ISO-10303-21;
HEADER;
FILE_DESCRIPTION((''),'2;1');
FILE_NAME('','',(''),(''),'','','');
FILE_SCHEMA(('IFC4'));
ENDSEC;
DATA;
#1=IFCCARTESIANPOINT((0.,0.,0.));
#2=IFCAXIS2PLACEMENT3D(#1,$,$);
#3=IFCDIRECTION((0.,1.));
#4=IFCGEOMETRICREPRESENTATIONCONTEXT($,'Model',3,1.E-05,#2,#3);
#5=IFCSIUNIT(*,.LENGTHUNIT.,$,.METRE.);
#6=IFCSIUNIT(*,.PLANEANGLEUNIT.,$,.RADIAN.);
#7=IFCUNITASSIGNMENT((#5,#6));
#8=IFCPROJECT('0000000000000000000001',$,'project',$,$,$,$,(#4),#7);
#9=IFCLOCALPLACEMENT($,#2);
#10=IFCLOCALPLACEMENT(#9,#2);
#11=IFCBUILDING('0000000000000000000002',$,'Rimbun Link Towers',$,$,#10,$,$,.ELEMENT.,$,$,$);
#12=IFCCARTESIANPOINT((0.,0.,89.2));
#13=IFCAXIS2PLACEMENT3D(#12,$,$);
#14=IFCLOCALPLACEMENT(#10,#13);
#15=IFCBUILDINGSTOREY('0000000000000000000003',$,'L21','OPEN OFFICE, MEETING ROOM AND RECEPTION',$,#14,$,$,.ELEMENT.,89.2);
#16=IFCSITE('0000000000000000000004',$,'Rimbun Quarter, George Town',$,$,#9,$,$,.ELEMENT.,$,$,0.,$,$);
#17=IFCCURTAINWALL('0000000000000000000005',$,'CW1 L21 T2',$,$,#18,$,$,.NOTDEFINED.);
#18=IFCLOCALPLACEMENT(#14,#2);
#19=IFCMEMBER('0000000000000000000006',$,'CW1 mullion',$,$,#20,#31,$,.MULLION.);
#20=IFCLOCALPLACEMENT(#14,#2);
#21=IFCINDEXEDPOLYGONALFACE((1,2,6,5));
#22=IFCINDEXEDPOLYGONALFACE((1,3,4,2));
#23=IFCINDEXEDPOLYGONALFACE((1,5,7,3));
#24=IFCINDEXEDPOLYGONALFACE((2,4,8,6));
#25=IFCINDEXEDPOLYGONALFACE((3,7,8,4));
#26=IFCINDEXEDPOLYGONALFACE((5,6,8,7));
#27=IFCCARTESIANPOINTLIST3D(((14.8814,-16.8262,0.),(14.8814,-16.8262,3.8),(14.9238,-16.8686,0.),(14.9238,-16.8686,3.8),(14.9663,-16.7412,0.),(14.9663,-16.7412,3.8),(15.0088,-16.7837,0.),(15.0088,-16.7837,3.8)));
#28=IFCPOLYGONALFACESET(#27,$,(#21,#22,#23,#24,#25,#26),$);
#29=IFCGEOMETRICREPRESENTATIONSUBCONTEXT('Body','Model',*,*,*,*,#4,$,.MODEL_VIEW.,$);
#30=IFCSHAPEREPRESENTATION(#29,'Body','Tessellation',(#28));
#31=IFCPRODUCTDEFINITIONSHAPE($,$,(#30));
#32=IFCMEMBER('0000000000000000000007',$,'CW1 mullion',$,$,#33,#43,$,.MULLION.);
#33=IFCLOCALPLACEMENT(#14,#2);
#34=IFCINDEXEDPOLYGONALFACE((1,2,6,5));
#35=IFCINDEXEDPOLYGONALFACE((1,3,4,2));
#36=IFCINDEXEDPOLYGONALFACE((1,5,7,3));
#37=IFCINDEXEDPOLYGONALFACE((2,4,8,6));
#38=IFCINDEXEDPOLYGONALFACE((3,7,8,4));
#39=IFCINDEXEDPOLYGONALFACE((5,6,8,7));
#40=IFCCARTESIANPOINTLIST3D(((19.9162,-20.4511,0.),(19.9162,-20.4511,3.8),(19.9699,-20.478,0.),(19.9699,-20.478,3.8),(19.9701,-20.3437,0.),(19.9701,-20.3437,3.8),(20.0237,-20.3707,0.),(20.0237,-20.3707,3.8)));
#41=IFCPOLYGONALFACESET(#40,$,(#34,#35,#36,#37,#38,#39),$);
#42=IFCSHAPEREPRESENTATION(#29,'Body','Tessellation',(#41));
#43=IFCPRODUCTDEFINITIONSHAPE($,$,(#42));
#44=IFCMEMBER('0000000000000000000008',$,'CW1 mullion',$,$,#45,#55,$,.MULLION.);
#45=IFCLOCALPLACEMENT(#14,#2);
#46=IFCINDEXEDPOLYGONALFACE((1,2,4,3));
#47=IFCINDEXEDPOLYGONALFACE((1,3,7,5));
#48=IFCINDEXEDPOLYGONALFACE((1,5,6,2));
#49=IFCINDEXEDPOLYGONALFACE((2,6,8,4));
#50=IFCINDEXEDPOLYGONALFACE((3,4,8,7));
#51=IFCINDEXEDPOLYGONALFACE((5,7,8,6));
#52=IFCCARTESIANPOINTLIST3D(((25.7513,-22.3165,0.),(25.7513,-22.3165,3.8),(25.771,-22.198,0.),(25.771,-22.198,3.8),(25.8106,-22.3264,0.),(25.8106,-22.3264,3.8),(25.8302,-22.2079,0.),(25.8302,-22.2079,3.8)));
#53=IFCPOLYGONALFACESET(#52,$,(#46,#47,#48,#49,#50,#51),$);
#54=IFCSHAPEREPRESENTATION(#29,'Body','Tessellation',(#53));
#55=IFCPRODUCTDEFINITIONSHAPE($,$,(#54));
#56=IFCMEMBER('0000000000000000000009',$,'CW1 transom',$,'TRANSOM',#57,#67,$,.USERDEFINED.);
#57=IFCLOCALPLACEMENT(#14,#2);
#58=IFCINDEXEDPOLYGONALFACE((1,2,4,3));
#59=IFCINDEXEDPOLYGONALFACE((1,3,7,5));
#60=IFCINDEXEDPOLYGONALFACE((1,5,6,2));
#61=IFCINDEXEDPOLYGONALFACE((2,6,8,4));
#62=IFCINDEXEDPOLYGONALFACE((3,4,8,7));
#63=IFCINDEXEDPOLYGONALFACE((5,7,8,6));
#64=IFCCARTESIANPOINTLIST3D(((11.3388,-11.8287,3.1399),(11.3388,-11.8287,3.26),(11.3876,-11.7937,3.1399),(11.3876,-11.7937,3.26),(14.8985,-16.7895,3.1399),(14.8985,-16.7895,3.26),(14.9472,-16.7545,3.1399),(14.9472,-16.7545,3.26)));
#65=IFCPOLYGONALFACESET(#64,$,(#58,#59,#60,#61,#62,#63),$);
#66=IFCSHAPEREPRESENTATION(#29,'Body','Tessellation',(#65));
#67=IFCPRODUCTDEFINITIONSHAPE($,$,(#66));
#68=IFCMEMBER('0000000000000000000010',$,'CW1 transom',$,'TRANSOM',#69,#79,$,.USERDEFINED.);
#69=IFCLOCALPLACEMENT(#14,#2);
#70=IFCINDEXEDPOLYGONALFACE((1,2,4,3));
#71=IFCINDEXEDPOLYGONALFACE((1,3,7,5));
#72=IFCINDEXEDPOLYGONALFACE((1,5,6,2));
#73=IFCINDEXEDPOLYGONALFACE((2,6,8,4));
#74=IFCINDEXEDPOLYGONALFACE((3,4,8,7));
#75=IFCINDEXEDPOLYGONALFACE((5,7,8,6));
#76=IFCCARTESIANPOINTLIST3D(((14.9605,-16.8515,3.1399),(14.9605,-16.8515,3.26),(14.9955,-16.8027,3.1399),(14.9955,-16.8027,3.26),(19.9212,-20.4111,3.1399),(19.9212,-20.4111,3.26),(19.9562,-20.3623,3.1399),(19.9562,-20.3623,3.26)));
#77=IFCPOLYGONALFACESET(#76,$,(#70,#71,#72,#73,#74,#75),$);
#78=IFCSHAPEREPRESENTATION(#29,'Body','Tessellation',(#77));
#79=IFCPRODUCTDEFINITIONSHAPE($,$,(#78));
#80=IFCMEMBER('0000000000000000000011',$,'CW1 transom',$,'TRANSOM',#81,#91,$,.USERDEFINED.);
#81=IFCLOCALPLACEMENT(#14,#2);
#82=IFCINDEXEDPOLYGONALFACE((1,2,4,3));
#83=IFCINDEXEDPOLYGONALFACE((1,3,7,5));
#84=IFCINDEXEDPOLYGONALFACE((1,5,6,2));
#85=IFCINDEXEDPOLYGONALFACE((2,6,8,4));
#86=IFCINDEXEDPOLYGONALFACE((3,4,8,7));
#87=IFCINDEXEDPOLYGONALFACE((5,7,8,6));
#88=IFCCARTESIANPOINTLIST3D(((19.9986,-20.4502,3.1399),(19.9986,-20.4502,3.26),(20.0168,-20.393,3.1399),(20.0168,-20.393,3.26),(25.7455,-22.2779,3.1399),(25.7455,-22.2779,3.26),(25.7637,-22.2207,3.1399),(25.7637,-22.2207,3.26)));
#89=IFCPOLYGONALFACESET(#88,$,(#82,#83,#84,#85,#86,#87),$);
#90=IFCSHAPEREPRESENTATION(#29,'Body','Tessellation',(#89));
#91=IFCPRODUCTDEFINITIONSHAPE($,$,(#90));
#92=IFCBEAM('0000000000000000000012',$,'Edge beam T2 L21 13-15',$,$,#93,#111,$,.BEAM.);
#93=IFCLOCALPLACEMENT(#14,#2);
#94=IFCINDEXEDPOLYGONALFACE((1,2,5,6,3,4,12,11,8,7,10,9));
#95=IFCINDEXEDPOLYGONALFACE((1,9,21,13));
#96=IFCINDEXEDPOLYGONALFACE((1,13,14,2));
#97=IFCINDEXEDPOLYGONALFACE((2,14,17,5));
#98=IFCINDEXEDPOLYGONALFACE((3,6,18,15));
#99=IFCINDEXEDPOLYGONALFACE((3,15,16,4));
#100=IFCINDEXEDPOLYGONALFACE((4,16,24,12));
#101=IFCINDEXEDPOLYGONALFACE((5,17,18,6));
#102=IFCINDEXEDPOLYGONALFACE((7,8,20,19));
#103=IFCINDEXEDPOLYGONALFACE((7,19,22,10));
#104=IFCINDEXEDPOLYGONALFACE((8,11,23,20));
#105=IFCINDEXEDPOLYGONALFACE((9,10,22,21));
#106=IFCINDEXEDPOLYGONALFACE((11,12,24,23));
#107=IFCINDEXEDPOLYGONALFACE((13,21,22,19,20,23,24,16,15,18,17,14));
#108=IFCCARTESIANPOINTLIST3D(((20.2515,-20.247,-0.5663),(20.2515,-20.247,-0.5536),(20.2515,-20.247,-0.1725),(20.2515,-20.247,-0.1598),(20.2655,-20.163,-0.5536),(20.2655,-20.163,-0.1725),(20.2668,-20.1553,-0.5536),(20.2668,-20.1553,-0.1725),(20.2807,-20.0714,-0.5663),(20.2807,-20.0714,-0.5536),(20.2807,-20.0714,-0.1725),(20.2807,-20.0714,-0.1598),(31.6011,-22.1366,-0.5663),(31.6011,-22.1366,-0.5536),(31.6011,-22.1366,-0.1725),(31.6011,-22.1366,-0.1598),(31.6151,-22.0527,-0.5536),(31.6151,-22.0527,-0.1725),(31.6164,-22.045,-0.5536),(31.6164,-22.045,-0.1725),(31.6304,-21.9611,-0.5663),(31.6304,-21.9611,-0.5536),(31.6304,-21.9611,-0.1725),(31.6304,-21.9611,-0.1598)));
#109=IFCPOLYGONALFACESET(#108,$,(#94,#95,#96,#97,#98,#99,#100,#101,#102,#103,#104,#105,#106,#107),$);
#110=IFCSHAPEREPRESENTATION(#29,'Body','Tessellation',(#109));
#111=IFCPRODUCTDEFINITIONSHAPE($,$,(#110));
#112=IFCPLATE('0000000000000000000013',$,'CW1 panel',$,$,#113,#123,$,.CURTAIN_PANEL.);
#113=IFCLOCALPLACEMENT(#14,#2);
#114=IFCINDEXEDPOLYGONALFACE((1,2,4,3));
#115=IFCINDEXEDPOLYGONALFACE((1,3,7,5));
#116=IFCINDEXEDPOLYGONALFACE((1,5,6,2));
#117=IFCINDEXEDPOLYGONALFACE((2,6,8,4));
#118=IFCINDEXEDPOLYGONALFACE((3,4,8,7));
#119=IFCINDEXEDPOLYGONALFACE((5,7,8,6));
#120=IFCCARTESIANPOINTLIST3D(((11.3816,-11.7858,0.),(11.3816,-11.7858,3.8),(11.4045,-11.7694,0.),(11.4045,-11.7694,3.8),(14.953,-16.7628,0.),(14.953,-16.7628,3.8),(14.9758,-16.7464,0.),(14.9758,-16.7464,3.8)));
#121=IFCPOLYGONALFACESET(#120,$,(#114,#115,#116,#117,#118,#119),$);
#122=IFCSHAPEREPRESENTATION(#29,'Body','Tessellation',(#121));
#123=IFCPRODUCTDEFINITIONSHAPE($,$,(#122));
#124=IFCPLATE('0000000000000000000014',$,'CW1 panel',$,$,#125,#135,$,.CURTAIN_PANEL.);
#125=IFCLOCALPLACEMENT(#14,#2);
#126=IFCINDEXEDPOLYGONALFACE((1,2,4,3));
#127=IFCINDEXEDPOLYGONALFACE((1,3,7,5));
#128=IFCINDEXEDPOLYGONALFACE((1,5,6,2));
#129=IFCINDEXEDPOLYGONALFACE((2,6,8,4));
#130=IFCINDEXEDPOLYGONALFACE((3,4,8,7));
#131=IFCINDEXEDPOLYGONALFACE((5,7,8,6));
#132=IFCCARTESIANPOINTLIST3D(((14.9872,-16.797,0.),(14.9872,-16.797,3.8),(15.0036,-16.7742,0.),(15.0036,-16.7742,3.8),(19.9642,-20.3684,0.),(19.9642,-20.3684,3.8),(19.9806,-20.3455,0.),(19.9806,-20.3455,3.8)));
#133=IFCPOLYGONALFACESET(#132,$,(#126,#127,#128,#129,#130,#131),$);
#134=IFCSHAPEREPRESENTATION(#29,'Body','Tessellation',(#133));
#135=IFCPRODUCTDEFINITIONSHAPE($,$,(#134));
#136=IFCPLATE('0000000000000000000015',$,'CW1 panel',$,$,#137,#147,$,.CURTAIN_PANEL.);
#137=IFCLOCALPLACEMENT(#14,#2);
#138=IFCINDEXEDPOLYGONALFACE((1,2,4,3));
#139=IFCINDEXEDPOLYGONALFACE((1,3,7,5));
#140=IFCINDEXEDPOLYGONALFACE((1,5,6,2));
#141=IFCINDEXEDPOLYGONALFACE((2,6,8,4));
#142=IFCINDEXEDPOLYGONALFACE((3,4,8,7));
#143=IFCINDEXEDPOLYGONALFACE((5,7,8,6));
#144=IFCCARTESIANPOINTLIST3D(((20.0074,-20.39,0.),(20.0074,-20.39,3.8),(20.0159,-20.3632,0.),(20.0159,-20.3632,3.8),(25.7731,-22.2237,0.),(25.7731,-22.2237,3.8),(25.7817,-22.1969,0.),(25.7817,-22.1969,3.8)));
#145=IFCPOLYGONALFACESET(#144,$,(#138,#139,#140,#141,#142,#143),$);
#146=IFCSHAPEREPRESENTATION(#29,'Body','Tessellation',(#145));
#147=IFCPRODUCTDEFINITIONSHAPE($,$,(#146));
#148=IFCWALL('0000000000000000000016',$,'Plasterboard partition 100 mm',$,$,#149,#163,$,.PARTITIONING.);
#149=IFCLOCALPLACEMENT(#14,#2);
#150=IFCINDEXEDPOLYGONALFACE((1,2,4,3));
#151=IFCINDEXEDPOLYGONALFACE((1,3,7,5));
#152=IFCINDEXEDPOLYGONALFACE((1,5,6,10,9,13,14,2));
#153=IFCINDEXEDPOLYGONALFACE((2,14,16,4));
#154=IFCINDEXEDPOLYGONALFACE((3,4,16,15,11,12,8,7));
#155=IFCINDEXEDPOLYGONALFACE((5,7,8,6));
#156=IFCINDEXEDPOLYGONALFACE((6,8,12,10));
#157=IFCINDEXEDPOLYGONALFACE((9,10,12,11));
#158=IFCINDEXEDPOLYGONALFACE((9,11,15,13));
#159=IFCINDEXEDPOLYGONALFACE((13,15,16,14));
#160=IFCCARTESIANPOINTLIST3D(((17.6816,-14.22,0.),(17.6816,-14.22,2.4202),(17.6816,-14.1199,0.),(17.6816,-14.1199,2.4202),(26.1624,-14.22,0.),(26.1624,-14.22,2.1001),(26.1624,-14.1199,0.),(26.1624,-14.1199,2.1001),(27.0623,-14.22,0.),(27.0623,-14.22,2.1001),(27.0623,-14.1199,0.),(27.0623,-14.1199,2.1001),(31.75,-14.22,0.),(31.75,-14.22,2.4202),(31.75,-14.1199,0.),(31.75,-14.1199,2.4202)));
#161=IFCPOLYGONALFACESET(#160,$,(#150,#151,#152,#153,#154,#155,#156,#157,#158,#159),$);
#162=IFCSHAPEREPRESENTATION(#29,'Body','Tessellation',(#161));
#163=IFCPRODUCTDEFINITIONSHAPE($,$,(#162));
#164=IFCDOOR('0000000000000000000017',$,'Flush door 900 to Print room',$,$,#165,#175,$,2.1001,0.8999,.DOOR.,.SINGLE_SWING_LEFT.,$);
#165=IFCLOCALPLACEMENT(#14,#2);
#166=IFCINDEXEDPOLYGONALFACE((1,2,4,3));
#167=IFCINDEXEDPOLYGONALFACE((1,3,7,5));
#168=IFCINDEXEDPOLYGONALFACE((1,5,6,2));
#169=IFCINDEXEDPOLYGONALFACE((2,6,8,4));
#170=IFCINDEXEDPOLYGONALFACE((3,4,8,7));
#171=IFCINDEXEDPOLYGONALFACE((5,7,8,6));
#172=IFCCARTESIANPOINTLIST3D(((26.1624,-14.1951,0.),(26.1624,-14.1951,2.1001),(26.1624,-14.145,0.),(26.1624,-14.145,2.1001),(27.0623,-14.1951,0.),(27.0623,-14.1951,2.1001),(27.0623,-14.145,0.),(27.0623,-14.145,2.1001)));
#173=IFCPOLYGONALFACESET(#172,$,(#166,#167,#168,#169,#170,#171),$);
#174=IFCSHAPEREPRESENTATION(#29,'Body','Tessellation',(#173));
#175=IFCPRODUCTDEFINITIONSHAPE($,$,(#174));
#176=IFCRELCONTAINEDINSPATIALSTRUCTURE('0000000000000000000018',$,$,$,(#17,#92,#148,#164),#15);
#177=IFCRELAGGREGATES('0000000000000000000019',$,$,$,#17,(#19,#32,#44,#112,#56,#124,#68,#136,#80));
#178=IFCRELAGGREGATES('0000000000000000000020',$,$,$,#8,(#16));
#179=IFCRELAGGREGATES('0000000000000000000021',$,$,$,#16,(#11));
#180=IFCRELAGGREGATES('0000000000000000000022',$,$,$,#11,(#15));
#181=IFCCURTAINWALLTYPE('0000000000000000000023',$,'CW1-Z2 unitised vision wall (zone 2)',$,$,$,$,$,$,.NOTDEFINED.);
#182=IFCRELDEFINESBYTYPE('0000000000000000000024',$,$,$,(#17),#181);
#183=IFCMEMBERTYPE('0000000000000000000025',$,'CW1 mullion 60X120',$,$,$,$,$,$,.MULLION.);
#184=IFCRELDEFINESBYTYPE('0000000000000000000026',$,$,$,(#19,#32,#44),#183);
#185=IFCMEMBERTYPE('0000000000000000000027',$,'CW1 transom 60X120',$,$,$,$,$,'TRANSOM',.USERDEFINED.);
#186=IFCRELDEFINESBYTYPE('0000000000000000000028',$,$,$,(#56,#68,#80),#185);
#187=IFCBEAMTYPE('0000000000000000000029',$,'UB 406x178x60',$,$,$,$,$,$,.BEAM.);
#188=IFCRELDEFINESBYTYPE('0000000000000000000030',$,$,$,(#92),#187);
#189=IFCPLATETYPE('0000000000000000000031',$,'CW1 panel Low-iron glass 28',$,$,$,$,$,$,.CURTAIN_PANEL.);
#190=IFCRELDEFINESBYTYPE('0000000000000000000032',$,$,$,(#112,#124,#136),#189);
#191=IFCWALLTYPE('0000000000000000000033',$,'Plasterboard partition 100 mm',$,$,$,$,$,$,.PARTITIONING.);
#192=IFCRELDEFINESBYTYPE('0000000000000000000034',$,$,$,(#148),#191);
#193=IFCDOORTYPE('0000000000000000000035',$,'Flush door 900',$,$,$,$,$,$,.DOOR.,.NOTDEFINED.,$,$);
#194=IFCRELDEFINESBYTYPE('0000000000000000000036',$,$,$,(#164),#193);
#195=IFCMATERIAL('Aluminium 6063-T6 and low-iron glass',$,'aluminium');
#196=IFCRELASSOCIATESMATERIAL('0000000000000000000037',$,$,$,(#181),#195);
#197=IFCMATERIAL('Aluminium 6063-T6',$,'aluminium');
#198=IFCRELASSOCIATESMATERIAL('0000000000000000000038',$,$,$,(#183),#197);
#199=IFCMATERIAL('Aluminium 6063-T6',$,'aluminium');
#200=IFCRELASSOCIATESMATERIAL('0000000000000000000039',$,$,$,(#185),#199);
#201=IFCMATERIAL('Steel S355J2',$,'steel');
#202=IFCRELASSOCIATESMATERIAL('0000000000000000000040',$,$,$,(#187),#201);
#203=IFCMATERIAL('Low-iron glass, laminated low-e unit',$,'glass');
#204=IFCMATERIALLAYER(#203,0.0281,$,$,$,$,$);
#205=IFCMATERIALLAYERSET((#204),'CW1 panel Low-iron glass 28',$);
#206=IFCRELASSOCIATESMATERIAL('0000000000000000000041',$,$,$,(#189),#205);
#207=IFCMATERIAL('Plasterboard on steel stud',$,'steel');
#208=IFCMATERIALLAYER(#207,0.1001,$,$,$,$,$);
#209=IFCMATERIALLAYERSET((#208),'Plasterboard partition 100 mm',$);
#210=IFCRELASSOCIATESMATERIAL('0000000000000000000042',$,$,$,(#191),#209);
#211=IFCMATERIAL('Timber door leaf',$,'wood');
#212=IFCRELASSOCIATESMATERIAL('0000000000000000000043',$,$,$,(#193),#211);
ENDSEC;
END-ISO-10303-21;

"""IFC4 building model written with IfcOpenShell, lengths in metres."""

from ifc_helpers import new_model, si_unit, direction, frame, frame_2d, origin, origin_2d, place, context, subcontext, project, spatial, rectangle, i_section, extrude, material, layer, layer_set, material_profile, profile_set, type_object, element, fill, aggregate, save


model = new_model("IFC4")

# Units and contexts
model_context = context("Model", 3, precision=1e-05, world=origin(), true_north=direction((0.0, 1.0)))
body_context = subcontext(model_context, "Body", "Model", "MODEL_VIEW")
ifc_project = project(units=[si_unit("LENGTHUNIT", "METRE"), si_unit("PLANEANGLEUNIT", "RADIAN")], contexts=[model_context])

# Site, building, storey
site_placement = place(None, origin())
site = spatial("IfcSite", under=ifc_project, at=site_placement, Name="Rimbun Quarter, George Town", CompositionType="ELEMENT", RefElevation=0.0)
building_placement = place(site_placement, origin())
building = spatial("IfcBuilding", under=site, at=building_placement, Name="Rimbun Link Towers", CompositionType="ELEMENT")
storey_placement = place(building_placement, frame((0.0, 0.0, 89.2)))
storey = spatial("IfcBuildingStorey", under=building, at=storey_placement, Name="L21", Description="OPEN OFFICE, MEETING ROOM AND RECEPTION", CompositionType="ELEMENT", Elevation=89.2)

# Curtain wall, members
ifc_material_1 = material(Name="Aluminium 6063-T6 and low-iron glass", Category="aluminium")
curtain_wall_type = type_object("IfcCurtainWallType", Name="CW1-Z2 unitised vision wall (zone 2)", PredefinedType="NOTDEFINED", material=ifc_material_1)
curtain_wall_placement = place(storey_placement, origin())
curtain_wall = element("IfcCurtainWall", 1, at=curtain_wall_placement, inside=storey, type_object=curtain_wall_type, Name="CW1 L21 T2", PredefinedType="NOTDEFINED")
ifc_material_2 = material(Name="Aluminium 6063-T6", Category="aluminium")
ifc_material_profile_1 = material_profile(ifc_material_2, rectangle(XDim=0.1201, YDim=0.0601, at=origin_2d()), Name="MULLION 60X120")
ifc_profile_set_1 = profile_set([ifc_material_profile_1], Name="Aluminium 6063-T6")
member_type_1 = type_object("IfcMemberType", Name="CW1 mullion 60X120", PredefinedType="MULLION", material=ifc_profile_set_1)
member_1_placement = place(storey_placement, frame((14.9451, -16.8049, 0.0), z_axis=(0.0, 0.0, 1.0), x_axis=(-0.707107, -0.707107, 0.0)))
member_1 = element("IfcMember", 2, at=member_1_placement, type_object=member_type_1, Name="CW1 mullion", PredefinedType="MULLION", context=body_context, shape_type="SweptSolid", body=[
    extrude(rectangle(XDim=0.1201, YDim=0.0601, at=origin_2d()), origin(), (0.0, 0.0, 1.0), 3.8),
])
member_2_placement = place(storey_placement, frame((19.97, -20.4109, 0.0), z_axis=(0.0, 0.0, 1.0), x_axis=(-0.448572, -0.893747, 0.0)))
member_2 = element("IfcMember", 3, at=member_2_placement, type_object=member_type_1, Name="CW1 mullion", PredefinedType="MULLION", context=body_context, shape_type="SweptSolid", body=[
    extrude(rectangle(XDim=0.1201, YDim=0.0601, at=origin_2d()), origin(), (0.0, 0.0, 1.0), 3.8),
])
member_3_placement = place(storey_placement, frame((25.7908, -22.2622, 0.0), z_axis=(0.0, 0.0, 1.0), x_axis=(-0.163745, -0.986503, 0.0)))
member_3 = element("IfcMember", 4, at=member_3_placement, type_object=member_type_1, Name="CW1 mullion", PredefinedType="MULLION", context=body_context, shape_type="SweptSolid", body=[
    extrude(rectangle(XDim=0.1201, YDim=0.0601, at=origin_2d()), origin(), (0.0, 0.0, 1.0), 3.8),
])
ifc_material_3 = material(Name="Aluminium 6063-T6", Category="aluminium")
ifc_material_profile_2 = material_profile(ifc_material_3, rectangle(XDim=0.0601, YDim=0.1201, at=origin_2d()), Name="TRANSOM 60X120")
ifc_profile_set_2 = profile_set([ifc_material_profile_2], Name="Aluminium 6063-T6")
member_type_2 = type_object("IfcMemberType", Name="CW1 transom 60X120", ElementType="TRANSOM", PredefinedType="USERDEFINED", material=ifc_profile_set_2)
member_4_placement = place(storey_placement, frame((14.9229, -16.772, 3.2), z_axis=(-0.582996, 0.812475, 0.0), x_axis=(-0.812475, -0.582996, 0.0)))
member_4 = element("IfcMember", 5, at=member_4_placement, type_object=member_type_2, Name="CW1 transom", ObjectType="TRANSOM", PredefinedType="USERDEFINED", context=body_context, shape_type="SweptSolid", body=[
    extrude(rectangle(XDim=0.0601, YDim=0.1201, at=origin_2d()), origin(), (0.0, 0.0, 1.0), 6.1057),
])
member_5_placement = place(storey_placement, frame((19.9387, -20.3867, 3.2), z_axis=(-0.812475, 0.582996, 0.0), x_axis=(-0.582996, -0.812475, 0.0)))
member_5 = element("IfcMember", 6, at=member_5_placement, type_object=member_type_2, Name="CW1 transom", ObjectType="TRANSOM", PredefinedType="USERDEFINED", context=body_context, shape_type="SweptSolid", body=[
    extrude(rectangle(XDim=0.0601, YDim=0.1201, at=origin_2d()), origin(), (0.0, 0.0, 1.0), 6.1057),
])
member_6_placement = place(storey_placement, frame((25.7546, -22.2493, 3.2), z_axis=(-0.952969, 0.303068, 0.0), x_axis=(-0.303068, -0.952969, 0.0)))
member_6 = element("IfcMember", 7, at=member_6_placement, type_object=member_type_2, Name="CW1 transom", ObjectType="TRANSOM", PredefinedType="USERDEFINED", context=body_context, shape_type="SweptSolid", body=[
    extrude(rectangle(XDim=0.0601, YDim=0.1201, at=origin_2d()), origin(), (0.0, 0.0, 1.0), 6.0305),
])

# Beam
ifc_material_4 = material(Name="Steel S355J2", Category="steel")
ifc_material_profile_3 = material_profile(ifc_material_4, i_section(OverallWidth=0.178, OverallDepth=0.4065, WebThickness=0.0078, FlangeThickness=0.0127, at=origin_2d()), Name="UB 406x178x60")
ifc_profile_set_3 = profile_set([ifc_material_profile_3], Name="Steel S355J2")
beam_type = type_object("IfcBeamType", Name="UB 406x178x60", PredefinedType="BEAM", material=ifc_profile_set_3)
beam_placement = place(storey_placement, frame((20.2661, -20.1592, -0.363), z_axis=(0.986421, -0.164234, 0.0), x_axis=(0.164234, 0.986421, 0.0)))
element("IfcBeam", 8, at=beam_placement, inside=storey, type_object=beam_type, Name="Edge beam T2 L21 13-15", PredefinedType="BEAM", context=body_context, shape_type="SweptSolid", body=[
    extrude(i_section(OverallWidth=0.178, OverallDepth=0.4065, WebThickness=0.0078, FlangeThickness=0.0127, at=origin_2d()), origin(), (0.0, 0.0, 1.0), 11.5059),
])

# Plates
ifc_material_5 = material(Name="Low-iron glass, laminated low-e unit", Category="glass")
ifc_layer_1 = layer(ifc_material_5, 0.0281)
ifc_layer_set_1 = layer_set([ifc_layer_1], Name="CW1 panel Low-iron glass 28")
plate_type = type_object("IfcPlateType", Name="CW1 panel Low-iron glass 28", PredefinedType="CURTAIN_PANEL", material=ifc_layer_set_1)
plate_1_placement = place(storey_placement, frame((13.1787, -14.2661, 0.0), z_axis=(0.0, 0.0, 1.0), x_axis=(-0.583004, 0.812469, 0.0)))
plate_1 = element("IfcPlate", 9, at=plate_1_placement, type_object=plate_type, Name="CW1 panel", PredefinedType="CURTAIN_PANEL", context=body_context, shape_type="SweptSolid", body=[
    extrude(rectangle(XDim=6.1257, YDim=0.0281, at=origin_2d()), origin(), (0.0, 0.0, 1.0), 3.8),
])
plate_2_placement = place(storey_placement, frame((17.4839, -18.5713, 0.0), z_axis=(0.0, 0.0, 1.0), x_axis=(-0.812469, 0.583004, 0.0)))
plate_2 = element("IfcPlate", 10, at=plate_2_placement, type_object=plate_type, Name="CW1 panel", PredefinedType="CURTAIN_PANEL", context=body_context, shape_type="SweptSolid", body=[
    extrude(rectangle(XDim=6.1257, YDim=0.0281, at=origin_2d()), origin(), (0.0, 0.0, 1.0), 3.8),
])
plate_3_placement = place(storey_placement, frame((22.8945, -21.2935, 0.0), z_axis=(0.0, 0.0, 1.0), x_axis=(-0.952968, 0.30307, 0.0)))
plate_3 = element("IfcPlate", 11, at=plate_3_placement, type_object=plate_type, Name="CW1 panel", PredefinedType="CURTAIN_PANEL", context=body_context, shape_type="SweptSolid", body=[
    extrude(rectangle(XDim=6.0503, YDim=0.0281, at=origin_2d()), origin(), (0.0, 0.0, 1.0), 3.8),
])
aggregate(curtain_wall, [member_1, member_2, member_3, plate_1, member_4, plate_2, member_5, plate_3, member_6])

# Wall, opening, door
ifc_material_6 = material(Name="Plasterboard on steel stud", Category="steel")
ifc_layer_2 = layer(ifc_material_6, 0.1001)
ifc_layer_set_2 = layer_set([ifc_layer_2], Name="Plasterboard partition 100 mm")
wall_type = type_object("IfcWallType", Name="Plasterboard partition 100 mm", PredefinedType="PARTITIONING", material=ifc_layer_set_2)
wall_placement = place(storey_placement, frame((17.6816, -14.1699, 0.0), z_axis=(0.0, 0.0, 1.0), x_axis=(1.0, 0.0, 0.0)))
wall = element("IfcWall", 12, at=wall_placement, inside=storey, type_object=wall_type, Name="Plasterboard partition 100 mm", PredefinedType="PARTITIONING", context=body_context, shape_type="SweptSolid", body=[
    extrude(rectangle(XDim=14.0684, YDim=0.1001, at=frame_2d((7.0342, 0.0))), origin(), (0.0, 0.0, 1.0), 2.4202),
])
opening_placement = place(wall_placement, frame((8.4807, 0.0, 0.0)))
opening = element("IfcOpeningElement", 13, at=opening_placement, cuts=wall, PredefinedType="OPENING", context=body_context, shape_type="SweptSolid", body=[
    extrude(rectangle(XDim=0.8999, YDim=2.1001, at=frame_2d((0.45, 1.05))), frame((0.0, 0.0601, 0.0), z_axis=(0.0, -1.0, 0.0), x_axis=(1.0, 0.0, 0.0)), (0.0, 0.0, 1.0), 0.1201),
])
ifc_material_7 = material(Name="Timber door leaf", Category="wood")
door_type = type_object("IfcDoorType", Name="Flush door 900", OperationType="NOTDEFINED", PredefinedType="DOOR", material=ifc_material_7)
door_placement = place(opening_placement, origin())
door = element("IfcDoor", 14, at=door_placement, inside=storey, type_object=door_type, Name="Flush door 900 to Print room", OperationType="SINGLE_SWING_LEFT", OverallHeight=2.1001, OverallWidth=0.8999, PredefinedType="DOOR", context=body_context, shape_type="SweptSolid", body=[
    extrude(rectangle(XDim=0.8999, YDim=2.1001, at=frame_2d((0.45, 1.05))), frame((0.0, 0.0249, 0.0), z_axis=(0.0, -1.0, 0.0), x_axis=(1.0, 0.0, 0.0)), (0.0, 0.0, 1.0), 0.05),
])
fill(opening, door)

save(model, "model.ifc")
